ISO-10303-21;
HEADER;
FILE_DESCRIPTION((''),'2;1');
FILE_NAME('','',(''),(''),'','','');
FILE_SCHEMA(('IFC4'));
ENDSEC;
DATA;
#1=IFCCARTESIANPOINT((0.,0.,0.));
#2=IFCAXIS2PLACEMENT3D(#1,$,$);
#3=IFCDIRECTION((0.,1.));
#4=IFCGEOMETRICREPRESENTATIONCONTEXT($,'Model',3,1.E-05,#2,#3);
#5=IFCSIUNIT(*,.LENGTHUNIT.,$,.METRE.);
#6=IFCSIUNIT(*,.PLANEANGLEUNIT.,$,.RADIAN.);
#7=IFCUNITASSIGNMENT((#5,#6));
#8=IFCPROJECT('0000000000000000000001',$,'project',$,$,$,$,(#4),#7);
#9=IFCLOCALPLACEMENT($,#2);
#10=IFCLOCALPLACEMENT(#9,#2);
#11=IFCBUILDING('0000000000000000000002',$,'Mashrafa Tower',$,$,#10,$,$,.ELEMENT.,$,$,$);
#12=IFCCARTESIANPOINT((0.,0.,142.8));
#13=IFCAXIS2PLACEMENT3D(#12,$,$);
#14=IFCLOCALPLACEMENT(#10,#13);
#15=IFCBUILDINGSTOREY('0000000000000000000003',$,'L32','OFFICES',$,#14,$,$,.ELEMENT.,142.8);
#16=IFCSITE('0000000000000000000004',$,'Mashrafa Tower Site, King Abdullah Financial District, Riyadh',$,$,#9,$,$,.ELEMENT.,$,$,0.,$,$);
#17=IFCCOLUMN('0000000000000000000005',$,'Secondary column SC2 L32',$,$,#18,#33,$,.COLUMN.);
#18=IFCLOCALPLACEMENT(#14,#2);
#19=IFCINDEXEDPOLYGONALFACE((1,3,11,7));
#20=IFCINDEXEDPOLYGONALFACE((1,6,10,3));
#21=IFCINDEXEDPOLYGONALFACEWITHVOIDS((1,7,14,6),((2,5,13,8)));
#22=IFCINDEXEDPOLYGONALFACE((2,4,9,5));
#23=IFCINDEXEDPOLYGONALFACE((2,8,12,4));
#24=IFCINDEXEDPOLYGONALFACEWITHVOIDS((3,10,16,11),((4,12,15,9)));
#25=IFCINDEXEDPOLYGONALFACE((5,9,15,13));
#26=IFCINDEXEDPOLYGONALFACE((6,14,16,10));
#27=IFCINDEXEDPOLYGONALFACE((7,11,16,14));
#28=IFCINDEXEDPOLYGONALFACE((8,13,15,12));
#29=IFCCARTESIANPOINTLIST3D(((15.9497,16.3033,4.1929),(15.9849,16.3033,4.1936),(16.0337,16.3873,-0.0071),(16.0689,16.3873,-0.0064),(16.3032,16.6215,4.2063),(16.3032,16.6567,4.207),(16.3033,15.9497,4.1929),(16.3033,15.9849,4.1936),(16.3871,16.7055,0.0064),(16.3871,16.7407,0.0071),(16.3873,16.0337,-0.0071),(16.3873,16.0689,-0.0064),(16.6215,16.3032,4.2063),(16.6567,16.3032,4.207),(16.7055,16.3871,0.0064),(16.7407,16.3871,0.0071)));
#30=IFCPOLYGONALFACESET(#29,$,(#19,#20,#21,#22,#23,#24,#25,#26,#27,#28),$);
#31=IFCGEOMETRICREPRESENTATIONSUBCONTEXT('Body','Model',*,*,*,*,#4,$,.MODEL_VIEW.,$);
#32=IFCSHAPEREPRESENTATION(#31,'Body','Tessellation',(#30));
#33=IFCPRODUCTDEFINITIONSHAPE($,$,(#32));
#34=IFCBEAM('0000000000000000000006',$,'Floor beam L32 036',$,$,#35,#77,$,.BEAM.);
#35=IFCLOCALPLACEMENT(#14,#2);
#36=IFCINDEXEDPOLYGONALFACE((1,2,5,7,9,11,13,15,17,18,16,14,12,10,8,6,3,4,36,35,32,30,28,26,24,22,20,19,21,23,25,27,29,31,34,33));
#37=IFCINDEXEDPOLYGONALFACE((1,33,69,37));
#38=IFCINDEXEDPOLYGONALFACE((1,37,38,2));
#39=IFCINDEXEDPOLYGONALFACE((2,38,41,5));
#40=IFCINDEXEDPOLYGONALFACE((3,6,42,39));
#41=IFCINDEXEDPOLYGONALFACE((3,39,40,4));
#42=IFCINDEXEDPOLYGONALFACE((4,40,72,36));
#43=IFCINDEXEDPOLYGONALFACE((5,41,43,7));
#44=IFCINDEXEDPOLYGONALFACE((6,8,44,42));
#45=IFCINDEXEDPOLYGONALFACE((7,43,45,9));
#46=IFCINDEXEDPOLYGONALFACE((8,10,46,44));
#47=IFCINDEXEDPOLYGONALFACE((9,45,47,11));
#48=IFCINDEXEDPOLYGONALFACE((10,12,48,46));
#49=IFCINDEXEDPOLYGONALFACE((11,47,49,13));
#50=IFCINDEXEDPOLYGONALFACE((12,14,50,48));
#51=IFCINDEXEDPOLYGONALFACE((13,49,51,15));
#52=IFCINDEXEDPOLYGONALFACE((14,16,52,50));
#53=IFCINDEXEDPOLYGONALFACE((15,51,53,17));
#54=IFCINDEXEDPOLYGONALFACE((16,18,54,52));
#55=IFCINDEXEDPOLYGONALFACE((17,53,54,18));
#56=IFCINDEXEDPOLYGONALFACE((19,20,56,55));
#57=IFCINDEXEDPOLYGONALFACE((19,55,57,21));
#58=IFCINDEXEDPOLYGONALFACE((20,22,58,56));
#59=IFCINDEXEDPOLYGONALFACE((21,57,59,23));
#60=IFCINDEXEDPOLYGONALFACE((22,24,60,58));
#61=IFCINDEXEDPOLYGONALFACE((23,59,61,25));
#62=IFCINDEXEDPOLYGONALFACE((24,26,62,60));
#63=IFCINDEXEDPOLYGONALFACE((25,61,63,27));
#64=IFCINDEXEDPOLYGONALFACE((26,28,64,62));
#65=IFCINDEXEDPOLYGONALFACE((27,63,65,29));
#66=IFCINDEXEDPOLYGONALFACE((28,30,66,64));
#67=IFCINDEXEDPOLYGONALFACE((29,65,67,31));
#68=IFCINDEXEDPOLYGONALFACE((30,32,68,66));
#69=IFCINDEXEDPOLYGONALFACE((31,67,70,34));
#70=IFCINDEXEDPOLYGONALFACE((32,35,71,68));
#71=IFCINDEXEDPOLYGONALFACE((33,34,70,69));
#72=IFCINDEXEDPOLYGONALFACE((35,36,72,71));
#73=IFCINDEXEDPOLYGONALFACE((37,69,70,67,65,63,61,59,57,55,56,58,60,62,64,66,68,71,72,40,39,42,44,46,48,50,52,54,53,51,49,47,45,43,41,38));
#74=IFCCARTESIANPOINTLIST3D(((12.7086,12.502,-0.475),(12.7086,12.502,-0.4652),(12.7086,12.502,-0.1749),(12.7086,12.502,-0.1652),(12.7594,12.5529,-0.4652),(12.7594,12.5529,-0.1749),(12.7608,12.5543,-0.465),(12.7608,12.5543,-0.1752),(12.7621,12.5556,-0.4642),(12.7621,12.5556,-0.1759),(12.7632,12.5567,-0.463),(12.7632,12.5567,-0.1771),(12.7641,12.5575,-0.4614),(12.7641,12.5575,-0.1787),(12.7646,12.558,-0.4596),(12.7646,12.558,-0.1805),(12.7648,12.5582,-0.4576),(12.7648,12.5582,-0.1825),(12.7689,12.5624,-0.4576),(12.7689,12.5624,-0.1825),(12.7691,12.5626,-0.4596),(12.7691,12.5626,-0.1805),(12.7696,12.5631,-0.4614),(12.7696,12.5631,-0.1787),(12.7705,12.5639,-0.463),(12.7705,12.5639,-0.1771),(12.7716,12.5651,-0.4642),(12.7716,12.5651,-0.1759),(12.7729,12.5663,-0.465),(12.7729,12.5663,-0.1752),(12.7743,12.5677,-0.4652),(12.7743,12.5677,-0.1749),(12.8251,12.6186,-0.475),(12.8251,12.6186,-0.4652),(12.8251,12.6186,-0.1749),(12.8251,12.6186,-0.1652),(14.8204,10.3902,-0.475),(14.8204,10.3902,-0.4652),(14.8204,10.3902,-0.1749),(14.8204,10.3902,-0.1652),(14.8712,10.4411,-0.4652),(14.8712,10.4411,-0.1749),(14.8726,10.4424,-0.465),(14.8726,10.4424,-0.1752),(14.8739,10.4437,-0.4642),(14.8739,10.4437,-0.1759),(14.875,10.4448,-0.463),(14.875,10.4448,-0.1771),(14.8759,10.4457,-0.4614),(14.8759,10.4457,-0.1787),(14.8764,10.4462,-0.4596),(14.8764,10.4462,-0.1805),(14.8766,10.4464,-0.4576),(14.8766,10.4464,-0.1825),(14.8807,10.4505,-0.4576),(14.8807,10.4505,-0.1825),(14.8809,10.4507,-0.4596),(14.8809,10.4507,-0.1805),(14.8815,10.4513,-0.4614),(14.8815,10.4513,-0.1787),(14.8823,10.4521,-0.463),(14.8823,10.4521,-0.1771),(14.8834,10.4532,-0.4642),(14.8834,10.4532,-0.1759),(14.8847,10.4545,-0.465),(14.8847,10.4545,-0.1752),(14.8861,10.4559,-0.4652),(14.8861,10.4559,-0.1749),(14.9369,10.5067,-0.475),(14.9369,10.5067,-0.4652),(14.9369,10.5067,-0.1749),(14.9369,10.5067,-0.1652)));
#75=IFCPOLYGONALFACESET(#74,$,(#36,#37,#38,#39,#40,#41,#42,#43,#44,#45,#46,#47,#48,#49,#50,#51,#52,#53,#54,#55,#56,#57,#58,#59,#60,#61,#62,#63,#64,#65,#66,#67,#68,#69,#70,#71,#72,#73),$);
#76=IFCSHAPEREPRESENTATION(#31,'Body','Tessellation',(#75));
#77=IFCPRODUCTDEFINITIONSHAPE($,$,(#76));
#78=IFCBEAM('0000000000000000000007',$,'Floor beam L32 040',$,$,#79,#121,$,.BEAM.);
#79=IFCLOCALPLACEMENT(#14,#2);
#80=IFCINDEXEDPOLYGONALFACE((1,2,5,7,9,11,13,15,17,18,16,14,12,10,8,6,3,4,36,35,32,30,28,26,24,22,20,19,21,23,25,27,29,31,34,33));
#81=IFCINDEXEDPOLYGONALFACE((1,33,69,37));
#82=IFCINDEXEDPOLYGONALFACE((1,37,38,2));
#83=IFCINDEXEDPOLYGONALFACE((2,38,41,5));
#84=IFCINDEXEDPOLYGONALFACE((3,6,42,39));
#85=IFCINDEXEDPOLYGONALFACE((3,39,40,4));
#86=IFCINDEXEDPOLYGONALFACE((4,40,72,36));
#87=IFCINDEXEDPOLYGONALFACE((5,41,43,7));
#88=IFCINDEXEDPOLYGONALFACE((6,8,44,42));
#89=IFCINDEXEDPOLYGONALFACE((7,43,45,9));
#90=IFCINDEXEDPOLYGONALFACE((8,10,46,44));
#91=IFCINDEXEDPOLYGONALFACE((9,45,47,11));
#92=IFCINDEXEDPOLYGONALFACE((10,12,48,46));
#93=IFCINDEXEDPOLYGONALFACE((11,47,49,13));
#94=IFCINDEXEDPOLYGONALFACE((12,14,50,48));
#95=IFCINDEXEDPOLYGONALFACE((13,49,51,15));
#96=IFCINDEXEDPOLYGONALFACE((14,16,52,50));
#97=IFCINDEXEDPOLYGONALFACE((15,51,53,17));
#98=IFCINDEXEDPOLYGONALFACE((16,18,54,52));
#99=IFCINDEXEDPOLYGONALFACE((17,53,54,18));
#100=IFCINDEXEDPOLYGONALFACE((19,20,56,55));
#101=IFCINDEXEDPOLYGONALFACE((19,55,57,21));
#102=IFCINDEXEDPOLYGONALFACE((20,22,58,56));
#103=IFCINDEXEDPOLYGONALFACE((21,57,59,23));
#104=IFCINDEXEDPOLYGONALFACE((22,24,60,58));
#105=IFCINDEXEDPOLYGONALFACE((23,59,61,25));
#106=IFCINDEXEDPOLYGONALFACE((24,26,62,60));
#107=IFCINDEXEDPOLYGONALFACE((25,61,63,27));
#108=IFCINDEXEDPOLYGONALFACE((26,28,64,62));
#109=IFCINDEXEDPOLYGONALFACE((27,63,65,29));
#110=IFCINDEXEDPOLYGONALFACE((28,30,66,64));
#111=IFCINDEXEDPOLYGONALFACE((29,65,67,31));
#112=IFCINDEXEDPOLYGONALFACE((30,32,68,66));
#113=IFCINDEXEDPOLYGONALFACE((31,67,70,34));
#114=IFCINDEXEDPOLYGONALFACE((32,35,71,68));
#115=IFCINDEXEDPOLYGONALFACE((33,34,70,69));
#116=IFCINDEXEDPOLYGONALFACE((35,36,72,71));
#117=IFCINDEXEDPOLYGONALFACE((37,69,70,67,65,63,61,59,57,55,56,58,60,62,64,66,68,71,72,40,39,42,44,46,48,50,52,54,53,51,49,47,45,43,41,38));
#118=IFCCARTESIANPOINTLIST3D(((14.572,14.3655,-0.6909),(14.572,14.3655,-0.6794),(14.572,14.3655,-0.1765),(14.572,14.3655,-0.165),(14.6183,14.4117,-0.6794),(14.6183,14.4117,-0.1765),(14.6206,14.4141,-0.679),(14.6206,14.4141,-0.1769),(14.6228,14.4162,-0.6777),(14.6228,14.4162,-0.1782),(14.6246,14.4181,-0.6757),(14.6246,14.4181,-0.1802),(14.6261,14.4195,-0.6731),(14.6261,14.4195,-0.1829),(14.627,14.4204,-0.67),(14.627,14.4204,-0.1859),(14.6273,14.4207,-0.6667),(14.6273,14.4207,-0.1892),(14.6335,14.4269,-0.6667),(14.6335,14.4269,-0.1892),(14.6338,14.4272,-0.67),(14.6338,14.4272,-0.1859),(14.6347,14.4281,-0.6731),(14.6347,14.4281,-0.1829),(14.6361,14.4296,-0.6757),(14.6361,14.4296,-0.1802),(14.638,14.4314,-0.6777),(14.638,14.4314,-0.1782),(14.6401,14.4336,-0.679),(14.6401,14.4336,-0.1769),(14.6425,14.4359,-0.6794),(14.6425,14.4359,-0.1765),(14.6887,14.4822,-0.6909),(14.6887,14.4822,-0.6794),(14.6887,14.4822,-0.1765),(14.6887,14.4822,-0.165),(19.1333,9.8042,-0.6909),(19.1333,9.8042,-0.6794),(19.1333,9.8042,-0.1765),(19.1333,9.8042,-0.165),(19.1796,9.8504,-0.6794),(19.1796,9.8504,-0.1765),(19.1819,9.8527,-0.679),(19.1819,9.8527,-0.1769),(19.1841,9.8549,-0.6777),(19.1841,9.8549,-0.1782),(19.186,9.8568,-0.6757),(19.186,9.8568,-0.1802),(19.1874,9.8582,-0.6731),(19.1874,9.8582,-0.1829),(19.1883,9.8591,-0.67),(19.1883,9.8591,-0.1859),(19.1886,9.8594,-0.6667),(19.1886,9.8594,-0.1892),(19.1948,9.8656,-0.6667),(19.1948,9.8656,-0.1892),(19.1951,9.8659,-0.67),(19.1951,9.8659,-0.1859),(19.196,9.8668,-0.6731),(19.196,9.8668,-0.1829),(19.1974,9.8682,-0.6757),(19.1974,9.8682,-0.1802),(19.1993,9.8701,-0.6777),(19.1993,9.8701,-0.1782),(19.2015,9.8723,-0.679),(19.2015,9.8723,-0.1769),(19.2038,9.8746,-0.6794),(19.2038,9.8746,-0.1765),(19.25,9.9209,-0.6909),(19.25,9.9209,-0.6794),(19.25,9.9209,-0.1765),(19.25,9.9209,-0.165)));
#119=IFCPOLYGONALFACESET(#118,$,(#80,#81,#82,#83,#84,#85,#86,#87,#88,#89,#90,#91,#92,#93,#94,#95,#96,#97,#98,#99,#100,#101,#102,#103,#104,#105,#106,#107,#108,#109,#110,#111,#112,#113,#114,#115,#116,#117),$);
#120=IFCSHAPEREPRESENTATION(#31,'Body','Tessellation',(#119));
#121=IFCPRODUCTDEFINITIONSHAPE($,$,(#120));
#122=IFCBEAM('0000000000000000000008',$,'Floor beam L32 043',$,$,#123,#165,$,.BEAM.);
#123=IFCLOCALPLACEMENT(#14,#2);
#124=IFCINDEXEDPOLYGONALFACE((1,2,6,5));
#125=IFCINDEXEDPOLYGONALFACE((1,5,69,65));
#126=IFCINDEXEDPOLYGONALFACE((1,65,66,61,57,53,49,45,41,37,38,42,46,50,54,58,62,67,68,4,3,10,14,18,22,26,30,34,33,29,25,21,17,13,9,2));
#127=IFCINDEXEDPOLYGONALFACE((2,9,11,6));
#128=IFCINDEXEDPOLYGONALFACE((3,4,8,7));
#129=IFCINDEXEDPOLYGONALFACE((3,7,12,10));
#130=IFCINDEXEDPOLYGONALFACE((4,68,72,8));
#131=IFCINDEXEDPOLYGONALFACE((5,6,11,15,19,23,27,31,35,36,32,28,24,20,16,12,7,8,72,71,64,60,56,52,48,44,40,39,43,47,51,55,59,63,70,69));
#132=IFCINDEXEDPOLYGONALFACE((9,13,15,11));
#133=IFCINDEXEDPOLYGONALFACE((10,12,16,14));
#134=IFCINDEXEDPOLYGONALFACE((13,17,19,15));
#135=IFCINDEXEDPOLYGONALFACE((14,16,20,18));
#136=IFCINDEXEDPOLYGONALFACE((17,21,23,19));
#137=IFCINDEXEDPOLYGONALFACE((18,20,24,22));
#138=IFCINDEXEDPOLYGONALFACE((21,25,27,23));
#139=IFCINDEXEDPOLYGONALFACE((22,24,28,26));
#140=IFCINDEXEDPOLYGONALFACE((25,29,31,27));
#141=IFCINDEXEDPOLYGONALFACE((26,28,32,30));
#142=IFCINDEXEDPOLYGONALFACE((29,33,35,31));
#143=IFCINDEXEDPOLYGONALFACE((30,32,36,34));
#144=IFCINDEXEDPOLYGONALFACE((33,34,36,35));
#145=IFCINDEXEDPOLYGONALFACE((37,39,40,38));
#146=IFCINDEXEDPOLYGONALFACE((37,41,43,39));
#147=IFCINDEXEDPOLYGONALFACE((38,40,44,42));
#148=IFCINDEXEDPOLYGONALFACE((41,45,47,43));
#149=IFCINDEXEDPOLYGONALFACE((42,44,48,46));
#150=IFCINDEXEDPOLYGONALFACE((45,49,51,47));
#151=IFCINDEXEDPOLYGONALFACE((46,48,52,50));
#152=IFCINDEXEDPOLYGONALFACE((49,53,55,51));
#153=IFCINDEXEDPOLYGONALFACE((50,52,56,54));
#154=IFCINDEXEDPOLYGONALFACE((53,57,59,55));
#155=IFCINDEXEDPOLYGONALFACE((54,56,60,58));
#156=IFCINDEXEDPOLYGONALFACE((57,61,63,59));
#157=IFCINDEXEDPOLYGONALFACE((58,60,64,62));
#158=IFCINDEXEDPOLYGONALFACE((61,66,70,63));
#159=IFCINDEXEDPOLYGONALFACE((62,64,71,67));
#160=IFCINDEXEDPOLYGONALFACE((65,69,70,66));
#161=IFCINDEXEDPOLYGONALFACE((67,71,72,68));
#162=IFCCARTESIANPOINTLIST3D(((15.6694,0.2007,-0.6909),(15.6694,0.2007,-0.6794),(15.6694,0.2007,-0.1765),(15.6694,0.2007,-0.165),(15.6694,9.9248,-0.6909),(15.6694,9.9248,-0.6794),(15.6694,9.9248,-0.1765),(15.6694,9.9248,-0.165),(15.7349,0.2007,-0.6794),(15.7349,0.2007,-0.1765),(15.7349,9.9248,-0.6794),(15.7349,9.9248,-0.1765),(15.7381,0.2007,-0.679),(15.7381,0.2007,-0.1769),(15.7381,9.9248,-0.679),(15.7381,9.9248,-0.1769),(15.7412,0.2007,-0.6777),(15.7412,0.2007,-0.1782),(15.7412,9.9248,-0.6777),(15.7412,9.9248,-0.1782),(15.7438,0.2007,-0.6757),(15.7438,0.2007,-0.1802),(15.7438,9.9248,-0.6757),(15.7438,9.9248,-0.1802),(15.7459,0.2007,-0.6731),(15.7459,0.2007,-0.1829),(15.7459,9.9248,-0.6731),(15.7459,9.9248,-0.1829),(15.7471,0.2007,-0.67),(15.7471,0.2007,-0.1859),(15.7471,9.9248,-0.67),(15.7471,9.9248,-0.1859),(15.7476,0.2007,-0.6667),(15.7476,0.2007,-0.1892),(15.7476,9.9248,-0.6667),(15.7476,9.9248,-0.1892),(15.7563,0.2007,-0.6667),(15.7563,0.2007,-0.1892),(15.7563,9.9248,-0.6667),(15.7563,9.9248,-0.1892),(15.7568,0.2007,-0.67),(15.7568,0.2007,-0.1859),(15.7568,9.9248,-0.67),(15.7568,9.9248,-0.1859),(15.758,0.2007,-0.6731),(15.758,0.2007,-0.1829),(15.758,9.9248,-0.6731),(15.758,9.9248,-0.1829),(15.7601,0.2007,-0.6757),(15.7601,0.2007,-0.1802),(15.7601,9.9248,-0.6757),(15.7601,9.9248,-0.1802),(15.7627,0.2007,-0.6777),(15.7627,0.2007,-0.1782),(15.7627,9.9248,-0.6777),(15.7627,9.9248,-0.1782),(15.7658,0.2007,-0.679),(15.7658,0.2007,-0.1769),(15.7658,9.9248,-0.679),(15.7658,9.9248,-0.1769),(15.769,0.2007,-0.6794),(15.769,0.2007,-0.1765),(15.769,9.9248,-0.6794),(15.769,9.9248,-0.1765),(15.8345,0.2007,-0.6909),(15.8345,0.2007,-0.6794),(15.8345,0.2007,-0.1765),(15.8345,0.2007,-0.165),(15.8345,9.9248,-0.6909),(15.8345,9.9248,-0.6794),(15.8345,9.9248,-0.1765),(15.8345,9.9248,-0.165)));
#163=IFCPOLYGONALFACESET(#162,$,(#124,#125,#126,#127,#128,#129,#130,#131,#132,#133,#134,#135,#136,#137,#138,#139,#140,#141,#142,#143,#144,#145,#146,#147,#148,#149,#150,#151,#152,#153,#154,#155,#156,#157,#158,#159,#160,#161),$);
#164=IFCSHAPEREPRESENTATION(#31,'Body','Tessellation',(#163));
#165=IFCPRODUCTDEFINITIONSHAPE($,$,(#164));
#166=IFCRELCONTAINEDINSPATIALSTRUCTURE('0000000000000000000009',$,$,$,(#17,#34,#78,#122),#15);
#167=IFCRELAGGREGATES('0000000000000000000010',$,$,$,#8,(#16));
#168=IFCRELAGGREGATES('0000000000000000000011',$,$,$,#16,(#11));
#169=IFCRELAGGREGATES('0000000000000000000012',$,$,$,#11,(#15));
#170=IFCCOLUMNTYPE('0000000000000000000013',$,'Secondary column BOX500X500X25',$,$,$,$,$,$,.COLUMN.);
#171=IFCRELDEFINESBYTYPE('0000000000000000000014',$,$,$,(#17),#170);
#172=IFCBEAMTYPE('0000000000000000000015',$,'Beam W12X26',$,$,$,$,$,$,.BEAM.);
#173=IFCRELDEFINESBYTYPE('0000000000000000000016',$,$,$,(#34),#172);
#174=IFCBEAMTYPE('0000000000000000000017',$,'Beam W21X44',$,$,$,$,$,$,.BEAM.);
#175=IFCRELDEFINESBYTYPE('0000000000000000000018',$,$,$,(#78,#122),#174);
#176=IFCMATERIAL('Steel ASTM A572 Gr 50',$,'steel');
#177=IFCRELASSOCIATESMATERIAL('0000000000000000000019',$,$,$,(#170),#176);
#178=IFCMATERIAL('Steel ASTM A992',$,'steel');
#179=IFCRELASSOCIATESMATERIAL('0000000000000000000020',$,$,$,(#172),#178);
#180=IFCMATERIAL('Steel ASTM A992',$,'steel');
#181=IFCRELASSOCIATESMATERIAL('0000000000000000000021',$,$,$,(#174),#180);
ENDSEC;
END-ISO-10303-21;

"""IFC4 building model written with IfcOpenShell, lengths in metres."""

from ifc_helpers import new_model, si_unit, direction, frame, origin, origin_2d, place, context, subcontext, project, spatial, hollow_rectangle, i_section, extrude, material, material_profile, profile_set, type_object, element, save


model = new_model("IFC4")

# Units and contexts
model_context = context("Model", 3, precision=1e-05, world=origin(), true_north=direction((0.0, 1.0)))
body_context = subcontext(model_context, "Body", "Model", "MODEL_VIEW")
ifc_project = project(units=[si_unit("LENGTHUNIT", "METRE"), si_unit("PLANEANGLEUNIT", "RADIAN")], contexts=[model_context])

# Site, building, storey
site_placement = place(None, origin())
site = spatial("IfcSite", under=ifc_project, at=site_placement, Name="Mashrafa Tower Site, King Abdullah Financial District, Riyadh", CompositionType="ELEMENT", RefElevation=0.0)
building_placement = place(site_placement, origin())
building = spatial("IfcBuilding", under=site, at=building_placement, Name="Mashrafa Tower", CompositionType="ELEMENT")
storey_placement = place(building_placement, frame((0.0, 0.0, 142.8)))
storey = spatial("IfcBuildingStorey", under=building, at=storey_placement, Name="L32", Description="OFFICES", CompositionType="ELEMENT", Elevation=142.8)

# Column
ifc_material_1 = material(Name="Steel ASTM A572 Gr 50", Category="steel")
ifc_material_profile_1 = material_profile(ifc_material_1, hollow_rectangle(XDim=0.5, YDim=0.5, WallThickness=0.0249, at=origin_2d()), Name="BOX500X500X25")
ifc_profile_set_1 = profile_set([ifc_material_profile_1], Name="Steel ASTM A572 Gr 50")
column_type = type_object("IfcColumnType", Name="Secondary column BOX500X500X25", PredefinedType="COLUMN", material=ifc_profile_set_1)
column_placement = place(storey_placement, frame((16.3872, 16.3872, 0.0), z_axis=(-0.019989, -0.019989, 0.9996), x_axis=(0.707107, -0.707107, 0.0)))
element("IfcColumn", 1, at=column_placement, inside=storey, type_object=column_type, Name="Secondary column SC2 L32", PredefinedType="COLUMN", context=body_context, shape_type="SweptSolid", body=[
    extrude(hollow_rectangle(XDim=0.5, YDim=0.5, WallThickness=0.0249, at=origin_2d()), origin(), (0.0, 0.0, 1.0), 4.2017),
])

# Beams
ifc_material_2 = material(Name="Steel ASTM A992", Category="steel")
ifc_material_profile_2 = material_profile(ifc_material_2, i_section(OverallWidth=0.1648, OverallDepth=0.3098, WebThickness=0.0059, FlangeThickness=0.0098, FilletRadius=0.0076, at=origin_2d()), Name="W12X26")
ifc_profile_set_2 = profile_set([ifc_material_profile_2], Name="Steel ASTM A992")
beam_type_1 = type_object("IfcBeamType", Name="Beam W12X26", PredefinedType="BEAM", material=ifc_profile_set_2)
beam_1_placement = place(storey_placement, frame((12.7668, 12.5603, -0.3201), z_axis=(0.707107, -0.707107, 0.0), x_axis=(0.707107, 0.707107, 0.0)))
element("IfcBeam", 2, at=beam_1_placement, inside=storey, type_object=beam_type_1, Name="Floor beam L32 036", PredefinedType="BEAM", context=body_context, shape_type="SweptSolid", body=[
    extrude(i_section(OverallWidth=0.1648, OverallDepth=0.3098, WebThickness=0.0059, FlangeThickness=0.0098, FilletRadius=0.0076, at=origin_2d()), origin(), (0.0, 0.0, 1.0), 2.9866),
])
ifc_material_3 = material(Name="Steel ASTM A992", Category="steel")
ifc_material_profile_3 = material_profile(ifc_material_3, i_section(OverallWidth=0.165, OverallDepth=0.5259, WebThickness=0.0088, FlangeThickness=0.0115, FilletRadius=0.0127, at=origin_2d()), Name="W21X44")
ifc_profile_set_3 = profile_set([ifc_material_profile_3], Name="Steel ASTM A992")
beam_type_2 = type_object("IfcBeamType", Name="Beam W21X44", PredefinedType="BEAM", material=ifc_profile_set_3)
beam_2_placement = place(storey_placement, frame((14.6304, 14.4238, -0.428), z_axis=(0.707107, -0.707107, 0.0), x_axis=(0.707107, 0.707107, 0.0)))
element("IfcBeam", 3, at=beam_2_placement, inside=storey, type_object=beam_type_2, Name="Floor beam L32 040", PredefinedType="BEAM", context=body_context, shape_type="SweptSolid", body=[
    extrude(i_section(OverallWidth=0.165, OverallDepth=0.5259, WebThickness=0.0088, FlangeThickness=0.0115, FilletRadius=0.0127, at=origin_2d()), origin(), (0.0, 0.0, 1.0), 6.4507),
])
beam_3_placement = place(storey_placement, frame((15.752, 9.9248, -0.428), z_axis=(0.0, -1.0, 0.0), x_axis=(1.0, 0.0, 0.0)))
element("IfcBeam", 4, at=beam_3_placement, inside=storey, type_object=beam_type_2, Name="Floor beam L32 043", PredefinedType="BEAM", context=body_context, shape_type="SweptSolid", body=[
    extrude(i_section(OverallWidth=0.165, OverallDepth=0.5259, WebThickness=0.0088, FlangeThickness=0.0115, FilletRadius=0.0127, at=origin_2d()), origin(), (0.0, 0.0, 1.0), 9.7241),
])

save(model, "model.ifc")
